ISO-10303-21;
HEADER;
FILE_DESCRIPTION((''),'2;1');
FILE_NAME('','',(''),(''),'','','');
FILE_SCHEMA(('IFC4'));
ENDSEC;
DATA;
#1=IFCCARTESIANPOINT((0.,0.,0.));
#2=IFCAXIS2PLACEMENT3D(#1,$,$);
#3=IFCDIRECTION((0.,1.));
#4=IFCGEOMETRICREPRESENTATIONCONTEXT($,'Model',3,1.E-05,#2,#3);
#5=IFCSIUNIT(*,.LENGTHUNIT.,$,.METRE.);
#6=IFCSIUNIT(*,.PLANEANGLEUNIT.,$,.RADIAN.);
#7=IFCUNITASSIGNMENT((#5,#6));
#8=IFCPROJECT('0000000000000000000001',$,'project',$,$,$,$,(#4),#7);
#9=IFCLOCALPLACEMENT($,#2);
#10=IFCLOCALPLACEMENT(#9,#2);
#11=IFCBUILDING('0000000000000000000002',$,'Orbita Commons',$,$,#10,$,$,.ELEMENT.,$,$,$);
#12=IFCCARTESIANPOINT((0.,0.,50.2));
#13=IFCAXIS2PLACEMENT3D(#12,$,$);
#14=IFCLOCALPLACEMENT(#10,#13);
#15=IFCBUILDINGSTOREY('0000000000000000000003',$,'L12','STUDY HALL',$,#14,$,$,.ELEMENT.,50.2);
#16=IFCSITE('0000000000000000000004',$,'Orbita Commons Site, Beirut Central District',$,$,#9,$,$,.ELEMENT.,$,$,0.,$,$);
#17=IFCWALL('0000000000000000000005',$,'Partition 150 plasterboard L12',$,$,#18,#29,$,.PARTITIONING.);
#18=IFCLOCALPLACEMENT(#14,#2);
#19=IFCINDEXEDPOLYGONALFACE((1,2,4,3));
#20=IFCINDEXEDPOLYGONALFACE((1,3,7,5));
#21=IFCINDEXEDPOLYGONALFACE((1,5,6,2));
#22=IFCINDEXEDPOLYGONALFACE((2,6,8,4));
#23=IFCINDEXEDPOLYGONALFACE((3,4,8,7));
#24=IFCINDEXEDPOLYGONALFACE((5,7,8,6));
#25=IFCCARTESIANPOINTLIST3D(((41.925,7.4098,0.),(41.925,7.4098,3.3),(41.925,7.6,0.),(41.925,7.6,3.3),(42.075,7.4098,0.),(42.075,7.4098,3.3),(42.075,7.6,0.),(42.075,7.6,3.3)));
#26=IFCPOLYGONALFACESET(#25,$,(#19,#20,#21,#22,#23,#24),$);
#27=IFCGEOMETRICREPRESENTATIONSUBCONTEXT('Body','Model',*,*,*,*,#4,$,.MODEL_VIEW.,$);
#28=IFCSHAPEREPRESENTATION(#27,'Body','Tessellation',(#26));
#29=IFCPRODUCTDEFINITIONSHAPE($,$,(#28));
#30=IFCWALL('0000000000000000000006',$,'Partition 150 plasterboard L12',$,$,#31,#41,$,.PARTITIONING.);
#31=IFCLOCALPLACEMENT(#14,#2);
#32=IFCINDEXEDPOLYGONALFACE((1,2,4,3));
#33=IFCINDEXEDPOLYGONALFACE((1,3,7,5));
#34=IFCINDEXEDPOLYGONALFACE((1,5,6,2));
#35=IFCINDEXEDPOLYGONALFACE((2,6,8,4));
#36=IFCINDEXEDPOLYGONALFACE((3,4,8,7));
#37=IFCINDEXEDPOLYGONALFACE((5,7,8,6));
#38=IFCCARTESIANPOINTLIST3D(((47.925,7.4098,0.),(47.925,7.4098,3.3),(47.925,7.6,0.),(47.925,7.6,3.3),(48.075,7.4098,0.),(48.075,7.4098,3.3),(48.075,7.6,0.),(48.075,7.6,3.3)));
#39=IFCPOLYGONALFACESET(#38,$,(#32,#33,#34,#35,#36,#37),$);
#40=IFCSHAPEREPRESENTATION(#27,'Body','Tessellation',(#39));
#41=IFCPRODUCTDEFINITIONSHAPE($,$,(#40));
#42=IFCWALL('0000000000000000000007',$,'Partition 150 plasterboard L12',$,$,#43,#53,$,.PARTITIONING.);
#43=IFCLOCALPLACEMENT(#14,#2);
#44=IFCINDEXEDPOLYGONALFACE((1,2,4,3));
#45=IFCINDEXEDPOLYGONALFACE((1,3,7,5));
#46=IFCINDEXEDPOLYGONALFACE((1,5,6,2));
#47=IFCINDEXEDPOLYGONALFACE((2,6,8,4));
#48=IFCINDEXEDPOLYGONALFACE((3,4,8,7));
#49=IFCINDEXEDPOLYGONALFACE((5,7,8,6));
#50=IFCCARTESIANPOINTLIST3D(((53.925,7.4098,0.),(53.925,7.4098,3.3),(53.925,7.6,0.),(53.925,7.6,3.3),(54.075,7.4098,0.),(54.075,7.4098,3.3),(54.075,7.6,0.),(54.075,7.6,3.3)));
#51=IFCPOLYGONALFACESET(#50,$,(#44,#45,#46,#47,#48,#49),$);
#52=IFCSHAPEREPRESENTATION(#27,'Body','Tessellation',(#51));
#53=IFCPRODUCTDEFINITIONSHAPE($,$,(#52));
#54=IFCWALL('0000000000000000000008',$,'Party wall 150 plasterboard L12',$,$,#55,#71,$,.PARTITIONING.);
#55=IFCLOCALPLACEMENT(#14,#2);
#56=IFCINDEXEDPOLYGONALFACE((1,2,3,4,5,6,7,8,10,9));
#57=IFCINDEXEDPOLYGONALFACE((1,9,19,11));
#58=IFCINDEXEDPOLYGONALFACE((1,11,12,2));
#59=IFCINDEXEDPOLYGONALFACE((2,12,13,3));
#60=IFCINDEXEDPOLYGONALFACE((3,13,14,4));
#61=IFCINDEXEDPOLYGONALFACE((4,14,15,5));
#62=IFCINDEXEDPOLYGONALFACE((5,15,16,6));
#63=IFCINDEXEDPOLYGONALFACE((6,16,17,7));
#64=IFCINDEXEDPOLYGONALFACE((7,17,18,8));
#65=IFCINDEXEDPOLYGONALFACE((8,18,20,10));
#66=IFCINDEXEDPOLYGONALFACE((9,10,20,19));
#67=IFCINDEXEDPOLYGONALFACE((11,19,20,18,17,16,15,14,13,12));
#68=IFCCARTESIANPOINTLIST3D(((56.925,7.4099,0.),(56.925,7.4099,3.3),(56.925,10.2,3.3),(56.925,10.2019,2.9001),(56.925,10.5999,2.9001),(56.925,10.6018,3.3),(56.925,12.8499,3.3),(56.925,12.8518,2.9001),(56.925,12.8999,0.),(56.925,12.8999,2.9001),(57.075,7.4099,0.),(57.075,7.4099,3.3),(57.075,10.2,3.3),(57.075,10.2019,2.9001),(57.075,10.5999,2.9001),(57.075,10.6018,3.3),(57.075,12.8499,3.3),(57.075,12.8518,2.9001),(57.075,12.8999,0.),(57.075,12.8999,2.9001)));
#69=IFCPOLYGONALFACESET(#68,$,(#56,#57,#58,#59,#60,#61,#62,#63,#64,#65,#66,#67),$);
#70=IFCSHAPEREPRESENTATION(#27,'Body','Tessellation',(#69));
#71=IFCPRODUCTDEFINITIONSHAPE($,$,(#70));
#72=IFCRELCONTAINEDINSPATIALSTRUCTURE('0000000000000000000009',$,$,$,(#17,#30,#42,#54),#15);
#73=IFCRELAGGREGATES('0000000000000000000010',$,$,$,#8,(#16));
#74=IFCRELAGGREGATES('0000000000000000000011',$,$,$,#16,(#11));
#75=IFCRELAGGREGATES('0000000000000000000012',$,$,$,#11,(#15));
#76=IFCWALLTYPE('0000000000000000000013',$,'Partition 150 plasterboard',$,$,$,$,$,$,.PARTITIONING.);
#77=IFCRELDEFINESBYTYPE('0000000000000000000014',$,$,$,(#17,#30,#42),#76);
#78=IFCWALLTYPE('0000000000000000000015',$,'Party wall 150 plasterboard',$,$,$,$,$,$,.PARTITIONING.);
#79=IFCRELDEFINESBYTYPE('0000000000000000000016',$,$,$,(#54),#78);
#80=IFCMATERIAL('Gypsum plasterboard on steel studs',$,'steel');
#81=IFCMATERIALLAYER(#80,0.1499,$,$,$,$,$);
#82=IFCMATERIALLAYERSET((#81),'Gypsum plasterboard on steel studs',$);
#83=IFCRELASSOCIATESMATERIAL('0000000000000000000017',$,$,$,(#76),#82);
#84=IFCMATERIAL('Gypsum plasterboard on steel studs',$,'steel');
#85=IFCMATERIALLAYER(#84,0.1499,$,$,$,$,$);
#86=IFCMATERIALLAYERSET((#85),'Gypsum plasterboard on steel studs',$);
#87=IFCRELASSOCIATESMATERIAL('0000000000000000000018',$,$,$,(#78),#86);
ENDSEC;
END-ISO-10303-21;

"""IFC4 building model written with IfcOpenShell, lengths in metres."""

from ifc_helpers import new_model, si_unit, direction, frame, frame_2d, origin, place, context, subcontext, project, spatial, polyline, rectangle, outline, extrude, material, layer, layer_set, type_object, element, save


model = new_model("IFC4")

# Units and contexts
model_context = context("Model", 3, precision=1e-05, world=origin(), true_north=direction((0.0, 1.0)))
body_context = subcontext(model_context, "Body", "Model", "MODEL_VIEW")
ifc_project = project(units=[si_unit("LENGTHUNIT", "METRE"), si_unit("PLANEANGLEUNIT", "RADIAN")], contexts=[model_context])

# Site, building, storey
site_placement = place(None, origin())
site = spatial("IfcSite", under=ifc_project, at=site_placement, Name="Orbita Commons Site, Beirut Central District", CompositionType="ELEMENT", RefElevation=0.0)
building_placement = place(site_placement, origin())
building = spatial("IfcBuilding", under=site, at=building_placement, Name="Orbita Commons", CompositionType="ELEMENT")
storey_placement = place(building_placement, frame((0.0, 0.0, 50.2)))
storey = spatial("IfcBuildingStorey", under=building, at=storey_placement, Name="L12", Description="STUDY HALL", CompositionType="ELEMENT", Elevation=50.2)

# Walls
ifc_material_1 = material(Name="Gypsum plasterboard on steel studs", Category="steel")
ifc_layer_1 = layer(ifc_material_1, 0.1499)
ifc_layer_set_1 = layer_set([ifc_layer_1], Name="Gypsum plasterboard on steel studs")
wall_type_1 = type_object("IfcWallType", Name="Partition 150 plasterboard", PredefinedType="PARTITIONING", material=ifc_layer_set_1)
for number, where, z_axis, x_axis, name in (
    (1, (42.0, 7.6001, 0.0), (0.0, 0.0, 1.0), (0.0, -1.0, 0.0), "Partition 150 plasterboard L12"),
    (2, (48.0, 7.6001, 0.0), (0.0, 0.0, 1.0), (0.0, -1.0, 0.0), "Partition 150 plasterboard L12"),
    (3, (54.0, 7.6001, 0.0), (0.0, 0.0, 1.0), (0.0, -1.0, 0.0), "Partition 150 plasterboard L12"),
):
    element("IfcWall", number, at=place(storey_placement, frame(where, z_axis=z_axis, x_axis=x_axis)), inside=storey, type_object=wall_type_1, Name=name, PredefinedType="PARTITIONING", context=body_context, shape_type="SweptSolid", body=[
        extrude(rectangle(XDim=0.1902, YDim=0.1499, at=frame_2d((0.0952, 0.0))), origin(), (0.0, 0.0, 1.0), 3.3),
    ])
ifc_material_2 = material(Name="Gypsum plasterboard on steel studs", Category="steel")
ifc_layer_2 = layer(ifc_material_2, 0.1499)
ifc_layer_set_2 = layer_set([ifc_layer_2], Name="Gypsum plasterboard on steel studs")
wall_type_2 = type_object("IfcWallType", Name="Party wall 150 plasterboard", PredefinedType="PARTITIONING", material=ifc_layer_set_2)
wall_1_placement = place(storey_placement, frame((57.0, 7.4099, 0.0), z_axis=(0.0, 0.0, 1.0), x_axis=(0.0, 1.0, 0.0)))
element("IfcWall", 4, at=wall_1_placement, inside=storey, type_object=wall_type_2, Name="Party wall 150 plasterboard L12", PredefinedType="PARTITIONING", context=body_context, shape_type="SweptSolid", body=[
    extrude(outline(polyline([(0.0, 0.0), (5.49, 0.0), (5.49, 2.9001), (5.4419, 2.9001), (5.4399, 3.3), (3.1919, 3.3), (3.1899, 2.9001), (2.792, 2.9001), (2.79, 3.3), (0.0, 3.3), (0.0, 0.0)])), frame((0.0, 0.075, 0.0), z_axis=(0.0, -1.0, 0.0), x_axis=(1.0, 0.0, 0.0)), (0.0, 0.0, 1.0), 0.1499),
])

save(model, "model.ifc")
